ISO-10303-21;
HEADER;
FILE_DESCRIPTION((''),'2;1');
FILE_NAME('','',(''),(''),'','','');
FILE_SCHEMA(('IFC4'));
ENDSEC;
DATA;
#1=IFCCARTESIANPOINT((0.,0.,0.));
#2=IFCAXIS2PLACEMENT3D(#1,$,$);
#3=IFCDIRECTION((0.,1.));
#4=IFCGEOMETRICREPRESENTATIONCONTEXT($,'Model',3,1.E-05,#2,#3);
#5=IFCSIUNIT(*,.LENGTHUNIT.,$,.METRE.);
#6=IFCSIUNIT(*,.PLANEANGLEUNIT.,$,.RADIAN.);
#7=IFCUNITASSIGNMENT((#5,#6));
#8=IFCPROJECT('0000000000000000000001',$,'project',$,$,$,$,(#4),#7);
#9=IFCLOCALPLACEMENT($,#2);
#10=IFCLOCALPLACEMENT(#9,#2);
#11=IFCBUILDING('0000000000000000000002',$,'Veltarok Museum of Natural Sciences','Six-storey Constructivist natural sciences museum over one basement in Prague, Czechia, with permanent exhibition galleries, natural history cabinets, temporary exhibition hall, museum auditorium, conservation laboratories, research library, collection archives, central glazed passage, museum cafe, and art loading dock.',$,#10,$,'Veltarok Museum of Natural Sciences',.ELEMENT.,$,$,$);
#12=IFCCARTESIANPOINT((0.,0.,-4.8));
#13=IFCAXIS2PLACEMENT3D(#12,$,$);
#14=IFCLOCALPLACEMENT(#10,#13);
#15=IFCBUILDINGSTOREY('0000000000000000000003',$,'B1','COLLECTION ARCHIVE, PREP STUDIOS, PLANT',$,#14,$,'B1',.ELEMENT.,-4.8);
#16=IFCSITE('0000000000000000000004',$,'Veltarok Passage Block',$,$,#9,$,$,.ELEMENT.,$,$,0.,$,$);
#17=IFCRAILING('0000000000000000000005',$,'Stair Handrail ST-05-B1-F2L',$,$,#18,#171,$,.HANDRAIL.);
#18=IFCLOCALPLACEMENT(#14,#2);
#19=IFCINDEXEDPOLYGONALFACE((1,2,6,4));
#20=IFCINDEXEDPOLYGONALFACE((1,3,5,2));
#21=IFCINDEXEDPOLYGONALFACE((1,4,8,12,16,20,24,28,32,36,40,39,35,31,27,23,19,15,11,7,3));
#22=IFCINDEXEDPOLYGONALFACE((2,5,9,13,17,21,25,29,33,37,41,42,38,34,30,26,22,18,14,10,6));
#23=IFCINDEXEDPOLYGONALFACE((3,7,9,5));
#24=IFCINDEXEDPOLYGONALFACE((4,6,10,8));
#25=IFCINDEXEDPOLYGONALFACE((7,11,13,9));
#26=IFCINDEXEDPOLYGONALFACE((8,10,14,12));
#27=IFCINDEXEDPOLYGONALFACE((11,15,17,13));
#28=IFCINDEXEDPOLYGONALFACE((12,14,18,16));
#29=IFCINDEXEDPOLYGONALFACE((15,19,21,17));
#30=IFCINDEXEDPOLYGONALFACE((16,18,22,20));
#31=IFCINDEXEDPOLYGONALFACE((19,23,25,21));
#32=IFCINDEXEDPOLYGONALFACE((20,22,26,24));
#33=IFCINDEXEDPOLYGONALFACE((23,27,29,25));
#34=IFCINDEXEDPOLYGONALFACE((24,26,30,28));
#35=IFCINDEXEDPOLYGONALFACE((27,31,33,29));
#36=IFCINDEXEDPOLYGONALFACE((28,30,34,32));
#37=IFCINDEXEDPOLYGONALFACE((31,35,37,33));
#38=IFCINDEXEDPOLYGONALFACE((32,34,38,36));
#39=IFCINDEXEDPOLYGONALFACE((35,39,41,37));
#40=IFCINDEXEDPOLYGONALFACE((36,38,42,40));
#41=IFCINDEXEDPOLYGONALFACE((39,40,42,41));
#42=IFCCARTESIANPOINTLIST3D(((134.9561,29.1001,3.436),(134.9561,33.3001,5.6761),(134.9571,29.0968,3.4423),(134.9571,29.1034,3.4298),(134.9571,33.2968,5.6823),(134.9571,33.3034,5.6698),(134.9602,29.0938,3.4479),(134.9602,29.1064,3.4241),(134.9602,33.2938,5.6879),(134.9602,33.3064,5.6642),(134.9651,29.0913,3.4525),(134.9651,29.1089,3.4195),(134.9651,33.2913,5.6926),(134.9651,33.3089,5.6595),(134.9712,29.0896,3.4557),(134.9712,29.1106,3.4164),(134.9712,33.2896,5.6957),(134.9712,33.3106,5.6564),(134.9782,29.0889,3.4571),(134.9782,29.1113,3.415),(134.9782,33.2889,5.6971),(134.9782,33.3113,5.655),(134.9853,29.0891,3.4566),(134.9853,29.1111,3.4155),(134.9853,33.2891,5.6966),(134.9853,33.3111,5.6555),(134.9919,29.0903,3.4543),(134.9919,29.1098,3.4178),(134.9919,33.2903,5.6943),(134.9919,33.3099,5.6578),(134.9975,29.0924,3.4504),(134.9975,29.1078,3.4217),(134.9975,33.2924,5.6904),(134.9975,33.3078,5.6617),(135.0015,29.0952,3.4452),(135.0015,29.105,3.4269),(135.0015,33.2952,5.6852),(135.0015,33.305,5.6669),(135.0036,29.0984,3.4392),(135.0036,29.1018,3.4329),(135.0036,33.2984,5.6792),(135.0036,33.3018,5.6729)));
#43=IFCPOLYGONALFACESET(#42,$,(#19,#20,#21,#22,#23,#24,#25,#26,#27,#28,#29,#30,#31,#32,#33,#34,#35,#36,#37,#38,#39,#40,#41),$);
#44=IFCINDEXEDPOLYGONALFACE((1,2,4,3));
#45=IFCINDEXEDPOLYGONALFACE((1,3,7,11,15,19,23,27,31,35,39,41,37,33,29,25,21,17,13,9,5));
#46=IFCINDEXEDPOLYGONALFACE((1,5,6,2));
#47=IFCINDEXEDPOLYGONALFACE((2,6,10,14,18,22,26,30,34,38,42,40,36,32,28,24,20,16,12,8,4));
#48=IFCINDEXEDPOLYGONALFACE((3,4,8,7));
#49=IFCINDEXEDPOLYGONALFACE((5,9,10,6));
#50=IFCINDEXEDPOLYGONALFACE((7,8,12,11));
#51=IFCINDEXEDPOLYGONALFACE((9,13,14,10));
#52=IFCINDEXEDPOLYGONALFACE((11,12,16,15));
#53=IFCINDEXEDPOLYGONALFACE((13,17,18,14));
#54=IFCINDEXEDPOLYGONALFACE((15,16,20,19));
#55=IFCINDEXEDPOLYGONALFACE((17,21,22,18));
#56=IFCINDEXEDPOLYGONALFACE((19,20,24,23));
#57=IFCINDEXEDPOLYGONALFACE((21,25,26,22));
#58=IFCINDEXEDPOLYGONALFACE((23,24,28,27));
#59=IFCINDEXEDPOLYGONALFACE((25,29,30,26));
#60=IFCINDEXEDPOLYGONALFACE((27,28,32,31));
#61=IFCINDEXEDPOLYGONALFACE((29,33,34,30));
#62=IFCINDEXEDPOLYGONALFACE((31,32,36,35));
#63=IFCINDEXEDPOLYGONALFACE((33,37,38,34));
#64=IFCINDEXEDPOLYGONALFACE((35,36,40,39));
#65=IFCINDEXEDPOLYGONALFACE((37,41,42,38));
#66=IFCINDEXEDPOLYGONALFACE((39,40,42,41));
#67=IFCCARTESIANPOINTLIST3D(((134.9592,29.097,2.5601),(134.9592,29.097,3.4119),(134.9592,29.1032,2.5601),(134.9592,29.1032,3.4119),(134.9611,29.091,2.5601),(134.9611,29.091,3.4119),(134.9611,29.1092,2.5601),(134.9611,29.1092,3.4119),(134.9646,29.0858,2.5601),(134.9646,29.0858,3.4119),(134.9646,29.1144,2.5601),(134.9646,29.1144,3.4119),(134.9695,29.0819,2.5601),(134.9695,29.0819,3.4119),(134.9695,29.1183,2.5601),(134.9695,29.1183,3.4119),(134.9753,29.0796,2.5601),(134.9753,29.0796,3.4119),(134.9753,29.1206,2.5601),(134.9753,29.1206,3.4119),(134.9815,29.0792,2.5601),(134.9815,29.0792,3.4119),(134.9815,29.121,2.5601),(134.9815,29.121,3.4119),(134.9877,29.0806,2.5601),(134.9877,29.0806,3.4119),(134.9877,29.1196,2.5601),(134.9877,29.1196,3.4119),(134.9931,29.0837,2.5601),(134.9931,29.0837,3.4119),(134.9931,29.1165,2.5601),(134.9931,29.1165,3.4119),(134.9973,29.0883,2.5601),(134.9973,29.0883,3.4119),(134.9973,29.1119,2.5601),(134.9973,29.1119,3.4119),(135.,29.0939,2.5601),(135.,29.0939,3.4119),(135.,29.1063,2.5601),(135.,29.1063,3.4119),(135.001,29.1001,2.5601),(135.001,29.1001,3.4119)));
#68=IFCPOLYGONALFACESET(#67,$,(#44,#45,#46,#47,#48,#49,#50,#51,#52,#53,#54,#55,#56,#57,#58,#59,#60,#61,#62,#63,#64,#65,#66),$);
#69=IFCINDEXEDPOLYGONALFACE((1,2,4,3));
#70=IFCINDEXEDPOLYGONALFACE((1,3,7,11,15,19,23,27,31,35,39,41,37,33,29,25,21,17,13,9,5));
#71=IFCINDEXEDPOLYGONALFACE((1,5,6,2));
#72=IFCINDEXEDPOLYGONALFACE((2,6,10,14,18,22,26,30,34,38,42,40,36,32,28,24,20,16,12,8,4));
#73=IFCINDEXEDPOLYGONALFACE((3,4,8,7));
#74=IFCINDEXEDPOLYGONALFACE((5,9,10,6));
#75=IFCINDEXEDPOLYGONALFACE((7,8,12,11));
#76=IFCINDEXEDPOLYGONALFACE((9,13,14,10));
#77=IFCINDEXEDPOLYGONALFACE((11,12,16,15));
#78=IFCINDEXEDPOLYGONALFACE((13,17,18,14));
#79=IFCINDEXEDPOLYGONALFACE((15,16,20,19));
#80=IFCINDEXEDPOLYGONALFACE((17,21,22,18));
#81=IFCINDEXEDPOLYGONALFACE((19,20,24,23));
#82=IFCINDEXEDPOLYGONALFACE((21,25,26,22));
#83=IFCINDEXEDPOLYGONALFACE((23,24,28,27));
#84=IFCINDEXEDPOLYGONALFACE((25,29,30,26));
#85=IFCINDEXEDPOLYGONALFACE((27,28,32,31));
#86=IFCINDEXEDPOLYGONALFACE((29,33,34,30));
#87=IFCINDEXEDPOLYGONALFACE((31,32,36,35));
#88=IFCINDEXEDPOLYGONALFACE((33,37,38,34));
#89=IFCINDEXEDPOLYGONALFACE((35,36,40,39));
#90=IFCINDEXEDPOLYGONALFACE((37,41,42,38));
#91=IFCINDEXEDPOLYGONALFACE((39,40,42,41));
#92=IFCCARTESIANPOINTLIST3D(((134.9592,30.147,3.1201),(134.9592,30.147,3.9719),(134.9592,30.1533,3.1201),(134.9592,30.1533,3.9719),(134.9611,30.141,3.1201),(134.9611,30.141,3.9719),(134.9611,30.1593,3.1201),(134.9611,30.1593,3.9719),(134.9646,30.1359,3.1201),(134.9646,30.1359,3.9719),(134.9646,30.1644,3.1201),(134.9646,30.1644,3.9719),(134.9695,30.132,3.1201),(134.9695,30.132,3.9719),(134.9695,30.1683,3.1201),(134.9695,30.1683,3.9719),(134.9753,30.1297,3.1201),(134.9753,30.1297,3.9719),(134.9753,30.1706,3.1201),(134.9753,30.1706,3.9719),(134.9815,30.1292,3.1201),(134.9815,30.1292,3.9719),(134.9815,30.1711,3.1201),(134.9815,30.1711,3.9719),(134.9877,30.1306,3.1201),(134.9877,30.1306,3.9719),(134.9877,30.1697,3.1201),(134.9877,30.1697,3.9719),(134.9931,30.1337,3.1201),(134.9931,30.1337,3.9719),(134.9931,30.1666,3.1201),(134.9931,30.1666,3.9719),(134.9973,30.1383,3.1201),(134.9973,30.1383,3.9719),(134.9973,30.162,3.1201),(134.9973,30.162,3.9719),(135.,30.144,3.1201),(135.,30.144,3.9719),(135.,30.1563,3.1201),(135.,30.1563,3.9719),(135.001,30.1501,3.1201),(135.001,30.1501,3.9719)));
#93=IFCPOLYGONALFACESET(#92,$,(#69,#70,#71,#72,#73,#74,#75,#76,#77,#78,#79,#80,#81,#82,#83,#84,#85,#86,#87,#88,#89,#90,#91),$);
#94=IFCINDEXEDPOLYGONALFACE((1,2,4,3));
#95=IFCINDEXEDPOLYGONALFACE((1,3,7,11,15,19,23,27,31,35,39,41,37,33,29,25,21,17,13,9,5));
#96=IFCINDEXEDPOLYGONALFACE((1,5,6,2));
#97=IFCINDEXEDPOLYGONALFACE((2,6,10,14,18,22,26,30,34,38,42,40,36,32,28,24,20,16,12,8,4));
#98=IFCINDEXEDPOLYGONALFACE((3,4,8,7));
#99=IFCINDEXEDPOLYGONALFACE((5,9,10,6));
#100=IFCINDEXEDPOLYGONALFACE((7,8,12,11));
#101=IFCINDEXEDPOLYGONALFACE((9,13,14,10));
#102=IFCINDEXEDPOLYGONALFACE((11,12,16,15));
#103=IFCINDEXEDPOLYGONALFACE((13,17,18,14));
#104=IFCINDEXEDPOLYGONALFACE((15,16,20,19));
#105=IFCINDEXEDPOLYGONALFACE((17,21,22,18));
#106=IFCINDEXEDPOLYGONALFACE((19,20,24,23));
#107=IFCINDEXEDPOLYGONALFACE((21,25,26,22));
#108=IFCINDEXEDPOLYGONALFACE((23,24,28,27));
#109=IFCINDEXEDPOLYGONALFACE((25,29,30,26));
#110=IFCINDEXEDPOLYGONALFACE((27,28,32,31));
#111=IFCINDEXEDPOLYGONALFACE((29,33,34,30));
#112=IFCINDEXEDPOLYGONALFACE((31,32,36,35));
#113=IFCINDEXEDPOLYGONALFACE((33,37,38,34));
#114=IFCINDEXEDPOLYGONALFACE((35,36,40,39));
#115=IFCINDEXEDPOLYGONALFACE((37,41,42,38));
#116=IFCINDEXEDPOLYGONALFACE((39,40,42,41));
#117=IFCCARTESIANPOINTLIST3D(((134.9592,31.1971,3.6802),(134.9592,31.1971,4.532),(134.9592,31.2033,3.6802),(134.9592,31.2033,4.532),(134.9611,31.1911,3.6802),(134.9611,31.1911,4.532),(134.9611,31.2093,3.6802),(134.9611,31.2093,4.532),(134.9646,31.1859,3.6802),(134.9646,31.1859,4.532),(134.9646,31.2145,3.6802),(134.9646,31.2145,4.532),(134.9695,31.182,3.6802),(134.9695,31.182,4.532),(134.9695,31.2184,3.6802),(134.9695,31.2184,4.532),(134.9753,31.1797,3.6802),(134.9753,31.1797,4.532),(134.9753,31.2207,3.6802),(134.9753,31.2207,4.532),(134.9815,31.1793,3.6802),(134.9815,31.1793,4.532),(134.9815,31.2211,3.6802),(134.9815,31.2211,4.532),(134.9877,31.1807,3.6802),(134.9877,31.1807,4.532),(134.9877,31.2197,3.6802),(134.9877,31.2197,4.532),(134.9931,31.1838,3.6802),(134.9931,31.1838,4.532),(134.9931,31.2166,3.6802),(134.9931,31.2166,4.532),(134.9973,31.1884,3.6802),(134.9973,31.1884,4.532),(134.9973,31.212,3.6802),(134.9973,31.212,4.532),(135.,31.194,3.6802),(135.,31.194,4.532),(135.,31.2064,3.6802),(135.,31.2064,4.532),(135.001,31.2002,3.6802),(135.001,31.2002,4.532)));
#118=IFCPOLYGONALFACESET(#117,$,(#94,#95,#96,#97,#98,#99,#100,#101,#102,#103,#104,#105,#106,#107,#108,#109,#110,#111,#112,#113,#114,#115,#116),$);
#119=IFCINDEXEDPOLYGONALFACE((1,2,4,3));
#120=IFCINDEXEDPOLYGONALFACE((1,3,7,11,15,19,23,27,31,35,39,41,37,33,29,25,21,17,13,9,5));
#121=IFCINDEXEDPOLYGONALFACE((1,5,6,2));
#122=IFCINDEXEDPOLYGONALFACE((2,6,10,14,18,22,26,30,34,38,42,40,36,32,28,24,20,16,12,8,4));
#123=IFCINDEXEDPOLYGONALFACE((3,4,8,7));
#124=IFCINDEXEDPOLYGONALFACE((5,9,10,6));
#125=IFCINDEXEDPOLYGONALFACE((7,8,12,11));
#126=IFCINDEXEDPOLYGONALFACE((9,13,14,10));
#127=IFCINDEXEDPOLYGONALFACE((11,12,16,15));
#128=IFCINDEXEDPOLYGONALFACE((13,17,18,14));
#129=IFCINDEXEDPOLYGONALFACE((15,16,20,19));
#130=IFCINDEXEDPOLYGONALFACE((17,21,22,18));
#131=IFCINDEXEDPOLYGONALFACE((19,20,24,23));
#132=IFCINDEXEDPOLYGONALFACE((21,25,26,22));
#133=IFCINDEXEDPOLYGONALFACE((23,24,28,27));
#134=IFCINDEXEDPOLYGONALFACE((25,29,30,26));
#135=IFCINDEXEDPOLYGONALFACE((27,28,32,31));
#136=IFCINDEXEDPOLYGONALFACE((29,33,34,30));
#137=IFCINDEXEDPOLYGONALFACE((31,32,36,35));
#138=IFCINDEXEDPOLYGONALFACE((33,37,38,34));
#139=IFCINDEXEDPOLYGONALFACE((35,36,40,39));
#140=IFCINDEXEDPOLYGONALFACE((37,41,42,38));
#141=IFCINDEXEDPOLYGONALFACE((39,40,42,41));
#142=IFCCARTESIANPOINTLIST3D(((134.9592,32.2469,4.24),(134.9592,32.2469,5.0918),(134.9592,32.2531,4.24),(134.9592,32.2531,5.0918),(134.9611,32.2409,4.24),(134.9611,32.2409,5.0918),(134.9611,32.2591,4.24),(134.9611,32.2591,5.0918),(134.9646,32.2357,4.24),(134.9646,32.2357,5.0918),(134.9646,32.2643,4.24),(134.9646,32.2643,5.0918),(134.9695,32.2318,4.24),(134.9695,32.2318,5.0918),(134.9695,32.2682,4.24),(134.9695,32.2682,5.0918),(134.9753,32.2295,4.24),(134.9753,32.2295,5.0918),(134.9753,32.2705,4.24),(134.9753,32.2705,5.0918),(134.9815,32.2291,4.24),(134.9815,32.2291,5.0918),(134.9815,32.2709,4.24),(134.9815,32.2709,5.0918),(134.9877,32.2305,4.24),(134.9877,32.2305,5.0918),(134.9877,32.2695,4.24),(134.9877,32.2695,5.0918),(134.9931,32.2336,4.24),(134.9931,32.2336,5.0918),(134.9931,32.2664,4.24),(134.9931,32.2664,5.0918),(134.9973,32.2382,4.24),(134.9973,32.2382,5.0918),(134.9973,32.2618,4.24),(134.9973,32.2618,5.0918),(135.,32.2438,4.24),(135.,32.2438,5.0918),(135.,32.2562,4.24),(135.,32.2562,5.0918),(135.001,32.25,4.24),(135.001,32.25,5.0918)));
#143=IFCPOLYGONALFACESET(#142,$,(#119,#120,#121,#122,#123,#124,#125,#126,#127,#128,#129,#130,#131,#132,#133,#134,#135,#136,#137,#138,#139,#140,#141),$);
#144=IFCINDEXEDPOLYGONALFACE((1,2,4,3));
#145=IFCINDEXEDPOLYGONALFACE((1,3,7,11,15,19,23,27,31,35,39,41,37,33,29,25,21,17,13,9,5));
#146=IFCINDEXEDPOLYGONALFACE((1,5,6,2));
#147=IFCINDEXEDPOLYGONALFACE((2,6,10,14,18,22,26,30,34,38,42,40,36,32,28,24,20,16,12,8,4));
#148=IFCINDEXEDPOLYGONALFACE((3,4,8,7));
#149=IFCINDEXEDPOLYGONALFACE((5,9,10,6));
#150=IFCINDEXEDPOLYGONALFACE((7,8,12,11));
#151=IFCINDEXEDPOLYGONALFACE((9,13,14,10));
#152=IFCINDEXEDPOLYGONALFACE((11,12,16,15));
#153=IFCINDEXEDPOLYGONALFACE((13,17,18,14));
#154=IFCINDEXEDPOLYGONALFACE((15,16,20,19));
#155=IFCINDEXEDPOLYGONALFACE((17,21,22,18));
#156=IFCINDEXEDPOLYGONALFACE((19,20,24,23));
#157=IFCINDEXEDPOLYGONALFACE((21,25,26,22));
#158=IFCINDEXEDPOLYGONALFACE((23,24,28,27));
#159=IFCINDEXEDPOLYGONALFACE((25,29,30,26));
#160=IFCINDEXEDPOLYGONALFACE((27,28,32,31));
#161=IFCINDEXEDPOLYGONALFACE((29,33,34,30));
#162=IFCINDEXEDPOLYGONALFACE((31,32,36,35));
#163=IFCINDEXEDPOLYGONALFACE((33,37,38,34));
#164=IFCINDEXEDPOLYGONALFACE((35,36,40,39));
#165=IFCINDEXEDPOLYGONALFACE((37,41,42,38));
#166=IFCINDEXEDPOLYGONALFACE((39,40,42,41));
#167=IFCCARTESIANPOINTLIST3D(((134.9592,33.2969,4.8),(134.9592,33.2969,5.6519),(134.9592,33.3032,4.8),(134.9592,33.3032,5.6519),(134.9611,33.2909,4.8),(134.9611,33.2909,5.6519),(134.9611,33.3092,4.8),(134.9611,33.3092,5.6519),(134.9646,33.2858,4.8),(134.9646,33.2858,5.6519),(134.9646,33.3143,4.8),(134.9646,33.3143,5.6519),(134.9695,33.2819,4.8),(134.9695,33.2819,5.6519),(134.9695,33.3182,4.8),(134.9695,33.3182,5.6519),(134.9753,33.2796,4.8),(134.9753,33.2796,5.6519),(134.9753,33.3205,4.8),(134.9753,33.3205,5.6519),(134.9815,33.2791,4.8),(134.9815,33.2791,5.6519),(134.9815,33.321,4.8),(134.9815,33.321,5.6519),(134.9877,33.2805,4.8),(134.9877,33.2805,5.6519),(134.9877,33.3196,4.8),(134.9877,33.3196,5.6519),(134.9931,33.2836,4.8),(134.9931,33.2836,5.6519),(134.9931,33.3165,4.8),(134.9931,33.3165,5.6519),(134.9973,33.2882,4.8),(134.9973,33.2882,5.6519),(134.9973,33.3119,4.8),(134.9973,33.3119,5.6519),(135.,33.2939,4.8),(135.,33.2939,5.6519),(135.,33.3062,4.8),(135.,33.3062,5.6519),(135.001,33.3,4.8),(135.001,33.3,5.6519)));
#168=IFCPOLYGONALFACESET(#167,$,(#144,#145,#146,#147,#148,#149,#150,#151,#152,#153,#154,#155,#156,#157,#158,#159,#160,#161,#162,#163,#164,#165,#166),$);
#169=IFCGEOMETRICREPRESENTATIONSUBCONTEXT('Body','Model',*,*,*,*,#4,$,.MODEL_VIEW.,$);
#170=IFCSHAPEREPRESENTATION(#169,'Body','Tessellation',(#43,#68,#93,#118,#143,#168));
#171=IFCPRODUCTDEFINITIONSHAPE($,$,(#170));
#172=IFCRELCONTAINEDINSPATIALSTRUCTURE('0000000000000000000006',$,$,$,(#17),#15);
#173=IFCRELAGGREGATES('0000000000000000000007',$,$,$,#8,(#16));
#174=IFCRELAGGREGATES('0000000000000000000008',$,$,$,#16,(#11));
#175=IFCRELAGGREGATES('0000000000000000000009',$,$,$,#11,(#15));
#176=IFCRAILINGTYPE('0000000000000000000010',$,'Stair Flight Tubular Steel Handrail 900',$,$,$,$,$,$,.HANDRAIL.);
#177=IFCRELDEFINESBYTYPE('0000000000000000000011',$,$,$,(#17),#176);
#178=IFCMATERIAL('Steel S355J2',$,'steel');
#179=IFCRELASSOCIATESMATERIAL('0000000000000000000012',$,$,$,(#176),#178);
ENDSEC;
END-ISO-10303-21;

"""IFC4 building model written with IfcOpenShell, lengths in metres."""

from ifc_helpers import new_model, si_unit, direction, frame, origin, origin_2d, place, context, subcontext, project, spatial, circle, extrude, material, type_object, element, save


model = new_model("IFC4")

# Units and contexts
model_context = context("Model", 3, precision=1e-05, world=origin(), true_north=direction((0.0, 1.0)))
body_context = subcontext(model_context, "Body", "Model", "MODEL_VIEW")
ifc_project = project(units=[si_unit("LENGTHUNIT", "METRE"), si_unit("PLANEANGLEUNIT", "RADIAN")], contexts=[model_context])

# Site, building, storey
site_placement = place(None, origin())
site = spatial("IfcSite", under=ifc_project, at=site_placement, Name="Veltarok Passage Block", CompositionType="ELEMENT", RefElevation=0.0)
building_placement = place(site_placement, origin())
building = spatial("IfcBuilding", under=site, at=building_placement, Name="Veltarok Museum of Natural Sciences", Description="Six-storey Constructivist natural sciences museum over one basement in Prague, Czechia, with permanent exhibition galleries, natural history cabinets, temporary exhibition hall, museum auditorium, conservation laboratories, research library, collection archives, central glazed passage, museum cafe, and art loading dock.", LongName="Veltarok Museum of Natural Sciences", CompositionType="ELEMENT")
storey_placement = place(building_placement, frame((0.0, 0.0, -4.8)))
storey = spatial("IfcBuildingStorey", under=building, at=storey_placement, Name="B1", Description="COLLECTION ARCHIVE, PREP STUDIOS, PLANT", LongName="B1", CompositionType="ELEMENT", Elevation=-4.8)

# Shared definitions
ifc_material_1 = material(Name="Steel S355J2", Category="steel")

# Railing
railing_type_1 = type_object("IfcRailingType", Name="Stair Flight Tubular Steel Handrail 900", PredefinedType="HANDRAIL", material=ifc_material_1)
for number, where, name in (
    (1, (134.98, 29.1001, 2.5601), "Stair Handrail ST-05-B1-F2L"),
):
    element("IfcRailing", number, at=place(storey_placement, frame(where)), inside=storey, type_object=railing_type_1, Name=name, PredefinedType="HANDRAIL", context=body_context, shape_type="SweptSolid", body=[
        extrude(circle(Radius=0.0239, at=origin_2d()), frame((0.0, 0.0, 0.876), z_axis=(0.0, 0.882352, 0.470591), x_axis=(-1.0, 0.0, 0.0)), (0.0, 0.0, 1.0), 4.76),
        extrude(circle(Radius=0.021, at=origin_2d()), origin(), (0.0, 0.0, 1.0), 0.8518),
        extrude(circle(Radius=0.021, at=origin_2d()), frame((0.0, 1.05, 0.5601)), (0.0, 0.0, 1.0), 0.8518),
        extrude(circle(Radius=0.021, at=origin_2d()), frame((0.0, 2.1001, 1.1201)), (0.0, 0.0, 1.0), 0.8518),
        extrude(circle(Radius=0.021, at=origin_2d()), frame((0.0, 3.1499, 1.6799)), (0.0, 0.0, 1.0), 0.8518),
        extrude(circle(Radius=0.021, at=origin_2d()), frame((0.0, 4.2, 2.24)), (0.0, 0.0, 1.0), 0.8518),
    ])

save(model, "model.ifc")
